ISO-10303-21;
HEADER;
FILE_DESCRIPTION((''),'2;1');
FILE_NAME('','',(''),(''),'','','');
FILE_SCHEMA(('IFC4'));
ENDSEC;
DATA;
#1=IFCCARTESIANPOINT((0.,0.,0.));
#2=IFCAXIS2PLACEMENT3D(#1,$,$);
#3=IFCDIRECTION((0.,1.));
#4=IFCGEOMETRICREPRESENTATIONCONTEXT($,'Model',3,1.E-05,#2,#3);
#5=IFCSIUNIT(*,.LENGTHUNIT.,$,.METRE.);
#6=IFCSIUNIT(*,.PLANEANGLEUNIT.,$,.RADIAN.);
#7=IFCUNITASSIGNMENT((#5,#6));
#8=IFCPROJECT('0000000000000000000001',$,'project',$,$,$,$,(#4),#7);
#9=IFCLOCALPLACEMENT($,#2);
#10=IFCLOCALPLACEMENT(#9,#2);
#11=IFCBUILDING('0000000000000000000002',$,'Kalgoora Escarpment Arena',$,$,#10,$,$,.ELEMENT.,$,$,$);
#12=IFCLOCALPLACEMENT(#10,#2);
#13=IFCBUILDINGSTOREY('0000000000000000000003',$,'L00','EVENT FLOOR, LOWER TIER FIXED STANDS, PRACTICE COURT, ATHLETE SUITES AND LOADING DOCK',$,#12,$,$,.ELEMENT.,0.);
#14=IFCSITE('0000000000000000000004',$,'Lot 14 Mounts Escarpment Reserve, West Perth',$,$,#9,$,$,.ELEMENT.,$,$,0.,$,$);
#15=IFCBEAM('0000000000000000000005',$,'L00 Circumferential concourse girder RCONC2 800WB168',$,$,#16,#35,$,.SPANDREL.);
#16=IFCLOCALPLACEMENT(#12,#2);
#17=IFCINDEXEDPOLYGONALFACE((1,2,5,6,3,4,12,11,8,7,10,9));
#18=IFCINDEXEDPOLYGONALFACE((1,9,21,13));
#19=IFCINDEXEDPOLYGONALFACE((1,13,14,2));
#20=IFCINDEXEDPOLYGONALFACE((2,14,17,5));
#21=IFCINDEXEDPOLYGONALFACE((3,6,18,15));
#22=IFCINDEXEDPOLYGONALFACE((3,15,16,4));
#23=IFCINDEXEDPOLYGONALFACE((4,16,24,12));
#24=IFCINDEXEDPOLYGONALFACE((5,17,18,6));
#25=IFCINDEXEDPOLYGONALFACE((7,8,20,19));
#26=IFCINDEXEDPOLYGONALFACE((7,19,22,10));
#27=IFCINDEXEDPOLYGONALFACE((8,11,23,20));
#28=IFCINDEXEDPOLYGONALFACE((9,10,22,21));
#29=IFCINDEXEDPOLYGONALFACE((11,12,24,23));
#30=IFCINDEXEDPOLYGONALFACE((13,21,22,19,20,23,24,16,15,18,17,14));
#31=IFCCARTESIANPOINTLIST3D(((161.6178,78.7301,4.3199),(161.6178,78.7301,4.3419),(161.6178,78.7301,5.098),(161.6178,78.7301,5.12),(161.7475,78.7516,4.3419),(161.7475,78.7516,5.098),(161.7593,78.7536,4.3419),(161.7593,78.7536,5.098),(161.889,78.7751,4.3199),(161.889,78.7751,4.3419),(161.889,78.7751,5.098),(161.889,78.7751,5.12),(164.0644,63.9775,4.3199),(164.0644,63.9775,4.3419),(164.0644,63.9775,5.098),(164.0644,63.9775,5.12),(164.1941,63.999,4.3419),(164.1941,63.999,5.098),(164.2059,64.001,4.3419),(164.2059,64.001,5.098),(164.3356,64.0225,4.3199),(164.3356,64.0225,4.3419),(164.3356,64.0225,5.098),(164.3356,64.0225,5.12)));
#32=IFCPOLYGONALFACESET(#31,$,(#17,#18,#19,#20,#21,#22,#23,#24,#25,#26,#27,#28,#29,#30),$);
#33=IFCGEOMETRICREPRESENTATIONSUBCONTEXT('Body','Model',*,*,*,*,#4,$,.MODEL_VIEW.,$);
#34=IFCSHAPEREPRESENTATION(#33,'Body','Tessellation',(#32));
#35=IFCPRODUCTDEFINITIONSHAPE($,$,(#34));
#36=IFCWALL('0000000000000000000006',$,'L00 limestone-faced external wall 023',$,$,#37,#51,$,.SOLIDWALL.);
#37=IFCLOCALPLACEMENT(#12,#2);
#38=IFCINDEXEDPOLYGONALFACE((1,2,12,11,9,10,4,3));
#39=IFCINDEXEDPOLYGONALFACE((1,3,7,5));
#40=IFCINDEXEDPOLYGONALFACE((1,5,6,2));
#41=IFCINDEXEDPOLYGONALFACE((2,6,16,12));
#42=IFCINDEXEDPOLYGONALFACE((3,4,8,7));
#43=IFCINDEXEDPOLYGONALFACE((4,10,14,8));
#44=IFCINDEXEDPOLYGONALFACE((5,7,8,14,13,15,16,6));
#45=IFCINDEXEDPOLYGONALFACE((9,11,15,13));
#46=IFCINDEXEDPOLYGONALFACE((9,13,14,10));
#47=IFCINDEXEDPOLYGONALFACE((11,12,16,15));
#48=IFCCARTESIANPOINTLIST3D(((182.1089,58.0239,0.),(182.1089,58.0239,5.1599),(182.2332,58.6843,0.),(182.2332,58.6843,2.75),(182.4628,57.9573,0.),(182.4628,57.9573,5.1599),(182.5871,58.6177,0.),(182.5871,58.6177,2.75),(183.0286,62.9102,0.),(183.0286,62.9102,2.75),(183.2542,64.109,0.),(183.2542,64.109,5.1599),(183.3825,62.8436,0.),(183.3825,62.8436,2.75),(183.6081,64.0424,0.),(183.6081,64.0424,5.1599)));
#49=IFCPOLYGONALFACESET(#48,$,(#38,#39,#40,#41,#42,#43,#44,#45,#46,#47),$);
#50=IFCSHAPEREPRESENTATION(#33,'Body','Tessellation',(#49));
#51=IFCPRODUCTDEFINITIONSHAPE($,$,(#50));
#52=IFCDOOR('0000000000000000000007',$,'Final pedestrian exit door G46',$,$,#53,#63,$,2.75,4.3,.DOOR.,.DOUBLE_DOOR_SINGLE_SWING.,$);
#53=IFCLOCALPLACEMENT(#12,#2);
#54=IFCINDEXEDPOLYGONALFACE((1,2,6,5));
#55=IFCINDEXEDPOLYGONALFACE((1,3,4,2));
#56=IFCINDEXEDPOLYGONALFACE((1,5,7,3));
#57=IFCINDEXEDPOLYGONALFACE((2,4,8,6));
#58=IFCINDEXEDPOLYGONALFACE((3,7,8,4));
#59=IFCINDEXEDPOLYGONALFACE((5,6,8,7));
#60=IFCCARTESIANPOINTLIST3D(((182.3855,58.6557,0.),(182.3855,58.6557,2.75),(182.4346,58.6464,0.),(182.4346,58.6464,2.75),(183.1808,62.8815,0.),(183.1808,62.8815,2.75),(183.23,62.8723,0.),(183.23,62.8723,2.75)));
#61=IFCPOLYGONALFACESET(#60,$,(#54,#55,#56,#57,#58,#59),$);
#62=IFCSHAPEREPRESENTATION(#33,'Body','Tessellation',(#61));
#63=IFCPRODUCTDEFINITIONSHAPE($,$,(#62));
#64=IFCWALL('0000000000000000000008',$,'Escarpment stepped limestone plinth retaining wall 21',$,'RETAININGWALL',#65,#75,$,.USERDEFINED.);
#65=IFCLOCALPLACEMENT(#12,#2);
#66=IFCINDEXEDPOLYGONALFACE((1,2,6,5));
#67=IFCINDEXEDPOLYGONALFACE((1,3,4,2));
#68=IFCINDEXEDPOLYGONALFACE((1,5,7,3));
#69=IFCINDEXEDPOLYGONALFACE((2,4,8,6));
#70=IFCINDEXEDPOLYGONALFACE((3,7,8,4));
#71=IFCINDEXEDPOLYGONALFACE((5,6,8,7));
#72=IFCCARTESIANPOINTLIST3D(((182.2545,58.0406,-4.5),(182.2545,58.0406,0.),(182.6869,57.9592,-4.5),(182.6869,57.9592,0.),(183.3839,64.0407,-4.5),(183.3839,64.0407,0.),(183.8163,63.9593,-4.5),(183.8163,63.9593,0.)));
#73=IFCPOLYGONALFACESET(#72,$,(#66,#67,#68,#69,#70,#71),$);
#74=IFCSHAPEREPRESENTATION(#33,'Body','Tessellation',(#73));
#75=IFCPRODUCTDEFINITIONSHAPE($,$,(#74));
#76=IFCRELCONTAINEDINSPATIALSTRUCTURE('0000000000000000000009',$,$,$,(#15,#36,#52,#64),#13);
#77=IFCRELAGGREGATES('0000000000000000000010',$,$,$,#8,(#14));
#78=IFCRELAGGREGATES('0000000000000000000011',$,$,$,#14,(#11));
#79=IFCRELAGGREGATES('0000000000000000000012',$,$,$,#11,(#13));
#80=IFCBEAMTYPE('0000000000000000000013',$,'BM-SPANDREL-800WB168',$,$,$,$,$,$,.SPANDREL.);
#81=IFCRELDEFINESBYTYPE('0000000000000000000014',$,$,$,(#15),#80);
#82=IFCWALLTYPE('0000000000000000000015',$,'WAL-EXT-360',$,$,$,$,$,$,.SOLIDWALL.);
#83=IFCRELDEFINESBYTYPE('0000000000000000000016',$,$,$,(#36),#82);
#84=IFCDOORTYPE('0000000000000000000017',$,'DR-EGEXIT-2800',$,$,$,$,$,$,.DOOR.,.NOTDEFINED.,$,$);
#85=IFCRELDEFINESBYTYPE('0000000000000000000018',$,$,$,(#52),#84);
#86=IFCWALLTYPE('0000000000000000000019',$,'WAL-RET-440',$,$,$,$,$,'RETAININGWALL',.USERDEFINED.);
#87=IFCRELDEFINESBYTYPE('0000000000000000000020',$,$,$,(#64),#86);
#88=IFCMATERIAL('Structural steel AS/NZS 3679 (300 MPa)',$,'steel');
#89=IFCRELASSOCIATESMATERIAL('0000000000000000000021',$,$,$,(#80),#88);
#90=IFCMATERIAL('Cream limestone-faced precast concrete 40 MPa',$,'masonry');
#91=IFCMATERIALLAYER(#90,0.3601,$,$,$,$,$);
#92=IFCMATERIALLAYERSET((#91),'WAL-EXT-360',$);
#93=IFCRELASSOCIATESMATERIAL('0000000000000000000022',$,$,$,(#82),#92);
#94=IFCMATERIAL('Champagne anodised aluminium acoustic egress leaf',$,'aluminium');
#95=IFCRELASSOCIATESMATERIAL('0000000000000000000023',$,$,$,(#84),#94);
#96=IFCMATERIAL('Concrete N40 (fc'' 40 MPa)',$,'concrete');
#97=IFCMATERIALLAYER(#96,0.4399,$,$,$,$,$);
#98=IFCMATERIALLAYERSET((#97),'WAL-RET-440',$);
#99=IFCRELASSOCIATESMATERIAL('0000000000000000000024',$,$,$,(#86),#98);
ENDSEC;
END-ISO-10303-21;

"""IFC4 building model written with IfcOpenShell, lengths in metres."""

from ifc_helpers import new_model, si_unit, direction, frame, frame_2d, origin, origin_2d, place, context, subcontext, project, spatial, rectangle, i_section, extrude, material, layer, layer_set, material_profile, profile_set, type_object, element, fill, save


model = new_model("IFC4")

# Units and contexts
model_context = context("Model", 3, precision=1e-05, world=origin(), true_north=direction((0.0, 1.0)))
body_context = subcontext(model_context, "Body", "Model", "MODEL_VIEW")
ifc_project = project(units=[si_unit("LENGTHUNIT", "METRE"), si_unit("PLANEANGLEUNIT", "RADIAN")], contexts=[model_context])

# Site, building, storey
site_placement = place(None, origin())
site = spatial("IfcSite", under=ifc_project, at=site_placement, Name="Lot 14 Mounts Escarpment Reserve, West Perth", CompositionType="ELEMENT", RefElevation=0.0)
building_placement = place(site_placement, origin())
building = spatial("IfcBuilding", under=site, at=building_placement, Name="Kalgoora Escarpment Arena", CompositionType="ELEMENT")
storey_placement = place(building_placement, origin())
storey = spatial("IfcBuildingStorey", under=building, at=storey_placement, Name="L00", Description="EVENT FLOOR, LOWER TIER FIXED STANDS, PRACTICE COURT, ATHLETE SUITES AND LOADING DOCK", CompositionType="ELEMENT", Elevation=0.0)

# Beam
ifc_material_1 = material(Name="Structural steel AS/NZS 3679 (300 MPa)", Category="steel")
ifc_material_profile_1 = material_profile(ifc_material_1, i_section(OverallWidth=0.2749, OverallDepth=0.8, WebThickness=0.012, FlangeThickness=0.022, at=origin_2d()))
ifc_profile_set_1 = profile_set([ifc_material_profile_1], Name="Structural steel AS/NZS 3679 (300 MPa)")
beam_type = type_object("IfcBeamType", Name="BM-SPANDREL-800WB168", PredefinedType="SPANDREL", material=ifc_profile_set_1)
beam_placement = place(storey_placement, frame((164.2, 64.0, 4.72), z_axis=(-0.163602, 0.986526, 0.0), x_axis=(-0.986526, -0.163602, 0.0)))
element("IfcBeam", 1, at=beam_placement, inside=storey, type_object=beam_type, Name="L00 Circumferential concourse girder RCONC2 800WB168", PredefinedType="SPANDREL", context=body_context, shape_type="SweptSolid", body=[
    extrude(i_section(OverallWidth=0.2749, OverallDepth=0.8, WebThickness=0.012, FlangeThickness=0.022, at=origin_2d()), origin(), (0.0, 0.0, 1.0), 14.9541),
])

# Wall, opening, door
ifc_material_2 = material(Name="Cream limestone-faced precast concrete 40 MPa", Category="masonry")
ifc_layer_1 = layer(ifc_material_2, 0.3601)
ifc_layer_set_1 = layer_set([ifc_layer_1], Name="WAL-EXT-360")
wall_type_1 = type_object("IfcWallType", Name="WAL-EXT-360", PredefinedType="SOLIDWALL", material=ifc_layer_set_1)
wall_1_placement = place(storey_placement, frame((183.4312, 64.0757, 0.0), z_axis=(0.0, 0.0, 1.0), x_axis=(-0.184965, -0.982745, 0.0)))
wall_1 = element("IfcWall", 2, at=wall_1_placement, inside=storey, type_object=wall_type_1, Name="L00 limestone-faced external wall 023", PredefinedType="SOLIDWALL", context=body_context, shape_type="SweptSolid", body=[
    extrude(rectangle(XDim=6.1919, YDim=0.3601, at=frame_2d((3.0959, 0.0))), origin(), (0.0, 0.0, 1.0), 5.1599),
])
opening_placement = place(wall_1_placement, frame((1.22, 0.0, 0.0)))
opening = element("IfcOpeningElement", 3, at=opening_placement, cuts=wall_1, PredefinedType="OPENING", context=body_context, shape_type="SweptSolid", body=[
    extrude(rectangle(XDim=4.3, YDim=2.75, at=frame_2d((2.1499, 1.375))), frame((0.0, 0.1899, 0.0), z_axis=(0.0, -1.0, 0.0), x_axis=(1.0, 0.0, 0.0)), (0.0, 0.0, 1.0), 0.3801),
])
ifc_material_3 = material(Name="Champagne anodised aluminium acoustic egress leaf", Category="aluminium")
door_type = type_object("IfcDoorType", Name="DR-EGEXIT-2800", OperationType="NOTDEFINED", PredefinedType="DOOR", material=ifc_material_3)
door_placement = place(opening_placement, origin())
door = element("IfcDoor", 4, at=door_placement, inside=storey, type_object=door_type, Name="Final pedestrian exit door G46", OperationType="DOUBLE_DOOR_SINGLE_SWING", OverallHeight=2.75, OverallWidth=4.3, PredefinedType="DOOR", context=body_context, shape_type="SweptSolid", body=[
    extrude(rectangle(XDim=4.3, YDim=2.75, at=frame_2d((2.1499, 1.375))), frame((0.0, 0.0249, 0.0), z_axis=(0.0, -1.0, 0.0), x_axis=(1.0, 0.0, 0.0)), (0.0, 0.0, 1.0), 0.05),
])
fill(opening, door)

# Wall
ifc_material_4 = material(Name="Concrete N40 (fc' 40 MPa)", Category="concrete")
ifc_layer_2 = layer(ifc_material_4, 0.4399)
ifc_layer_set_2 = layer_set([ifc_layer_2], Name="WAL-RET-440")
wall_type_2 = type_object("IfcWallType", Name="WAL-RET-440", ElementType="RETAININGWALL", PredefinedType="USERDEFINED", material=ifc_layer_set_2)
wall_2_placement = place(storey_placement, frame((183.6001, 64.0, -4.5), z_axis=(0.0, 0.0, 1.0), x_axis=(-0.184984, -0.982742, 0.0)))
element("IfcWall", 5, at=wall_2_placement, inside=storey, type_object=wall_type_2, Name="Escarpment stepped limestone plinth retaining wall 21", ObjectType="RETAININGWALL", PredefinedType="USERDEFINED", context=body_context, shape_type="SweptSolid", body=[
    extrude(rectangle(XDim=6.1055, YDim=0.4399, at=frame_2d((3.0527, 0.0))), origin(), (0.0, 0.0, 1.0), 4.5),
])

save(model, "model.ifc")
